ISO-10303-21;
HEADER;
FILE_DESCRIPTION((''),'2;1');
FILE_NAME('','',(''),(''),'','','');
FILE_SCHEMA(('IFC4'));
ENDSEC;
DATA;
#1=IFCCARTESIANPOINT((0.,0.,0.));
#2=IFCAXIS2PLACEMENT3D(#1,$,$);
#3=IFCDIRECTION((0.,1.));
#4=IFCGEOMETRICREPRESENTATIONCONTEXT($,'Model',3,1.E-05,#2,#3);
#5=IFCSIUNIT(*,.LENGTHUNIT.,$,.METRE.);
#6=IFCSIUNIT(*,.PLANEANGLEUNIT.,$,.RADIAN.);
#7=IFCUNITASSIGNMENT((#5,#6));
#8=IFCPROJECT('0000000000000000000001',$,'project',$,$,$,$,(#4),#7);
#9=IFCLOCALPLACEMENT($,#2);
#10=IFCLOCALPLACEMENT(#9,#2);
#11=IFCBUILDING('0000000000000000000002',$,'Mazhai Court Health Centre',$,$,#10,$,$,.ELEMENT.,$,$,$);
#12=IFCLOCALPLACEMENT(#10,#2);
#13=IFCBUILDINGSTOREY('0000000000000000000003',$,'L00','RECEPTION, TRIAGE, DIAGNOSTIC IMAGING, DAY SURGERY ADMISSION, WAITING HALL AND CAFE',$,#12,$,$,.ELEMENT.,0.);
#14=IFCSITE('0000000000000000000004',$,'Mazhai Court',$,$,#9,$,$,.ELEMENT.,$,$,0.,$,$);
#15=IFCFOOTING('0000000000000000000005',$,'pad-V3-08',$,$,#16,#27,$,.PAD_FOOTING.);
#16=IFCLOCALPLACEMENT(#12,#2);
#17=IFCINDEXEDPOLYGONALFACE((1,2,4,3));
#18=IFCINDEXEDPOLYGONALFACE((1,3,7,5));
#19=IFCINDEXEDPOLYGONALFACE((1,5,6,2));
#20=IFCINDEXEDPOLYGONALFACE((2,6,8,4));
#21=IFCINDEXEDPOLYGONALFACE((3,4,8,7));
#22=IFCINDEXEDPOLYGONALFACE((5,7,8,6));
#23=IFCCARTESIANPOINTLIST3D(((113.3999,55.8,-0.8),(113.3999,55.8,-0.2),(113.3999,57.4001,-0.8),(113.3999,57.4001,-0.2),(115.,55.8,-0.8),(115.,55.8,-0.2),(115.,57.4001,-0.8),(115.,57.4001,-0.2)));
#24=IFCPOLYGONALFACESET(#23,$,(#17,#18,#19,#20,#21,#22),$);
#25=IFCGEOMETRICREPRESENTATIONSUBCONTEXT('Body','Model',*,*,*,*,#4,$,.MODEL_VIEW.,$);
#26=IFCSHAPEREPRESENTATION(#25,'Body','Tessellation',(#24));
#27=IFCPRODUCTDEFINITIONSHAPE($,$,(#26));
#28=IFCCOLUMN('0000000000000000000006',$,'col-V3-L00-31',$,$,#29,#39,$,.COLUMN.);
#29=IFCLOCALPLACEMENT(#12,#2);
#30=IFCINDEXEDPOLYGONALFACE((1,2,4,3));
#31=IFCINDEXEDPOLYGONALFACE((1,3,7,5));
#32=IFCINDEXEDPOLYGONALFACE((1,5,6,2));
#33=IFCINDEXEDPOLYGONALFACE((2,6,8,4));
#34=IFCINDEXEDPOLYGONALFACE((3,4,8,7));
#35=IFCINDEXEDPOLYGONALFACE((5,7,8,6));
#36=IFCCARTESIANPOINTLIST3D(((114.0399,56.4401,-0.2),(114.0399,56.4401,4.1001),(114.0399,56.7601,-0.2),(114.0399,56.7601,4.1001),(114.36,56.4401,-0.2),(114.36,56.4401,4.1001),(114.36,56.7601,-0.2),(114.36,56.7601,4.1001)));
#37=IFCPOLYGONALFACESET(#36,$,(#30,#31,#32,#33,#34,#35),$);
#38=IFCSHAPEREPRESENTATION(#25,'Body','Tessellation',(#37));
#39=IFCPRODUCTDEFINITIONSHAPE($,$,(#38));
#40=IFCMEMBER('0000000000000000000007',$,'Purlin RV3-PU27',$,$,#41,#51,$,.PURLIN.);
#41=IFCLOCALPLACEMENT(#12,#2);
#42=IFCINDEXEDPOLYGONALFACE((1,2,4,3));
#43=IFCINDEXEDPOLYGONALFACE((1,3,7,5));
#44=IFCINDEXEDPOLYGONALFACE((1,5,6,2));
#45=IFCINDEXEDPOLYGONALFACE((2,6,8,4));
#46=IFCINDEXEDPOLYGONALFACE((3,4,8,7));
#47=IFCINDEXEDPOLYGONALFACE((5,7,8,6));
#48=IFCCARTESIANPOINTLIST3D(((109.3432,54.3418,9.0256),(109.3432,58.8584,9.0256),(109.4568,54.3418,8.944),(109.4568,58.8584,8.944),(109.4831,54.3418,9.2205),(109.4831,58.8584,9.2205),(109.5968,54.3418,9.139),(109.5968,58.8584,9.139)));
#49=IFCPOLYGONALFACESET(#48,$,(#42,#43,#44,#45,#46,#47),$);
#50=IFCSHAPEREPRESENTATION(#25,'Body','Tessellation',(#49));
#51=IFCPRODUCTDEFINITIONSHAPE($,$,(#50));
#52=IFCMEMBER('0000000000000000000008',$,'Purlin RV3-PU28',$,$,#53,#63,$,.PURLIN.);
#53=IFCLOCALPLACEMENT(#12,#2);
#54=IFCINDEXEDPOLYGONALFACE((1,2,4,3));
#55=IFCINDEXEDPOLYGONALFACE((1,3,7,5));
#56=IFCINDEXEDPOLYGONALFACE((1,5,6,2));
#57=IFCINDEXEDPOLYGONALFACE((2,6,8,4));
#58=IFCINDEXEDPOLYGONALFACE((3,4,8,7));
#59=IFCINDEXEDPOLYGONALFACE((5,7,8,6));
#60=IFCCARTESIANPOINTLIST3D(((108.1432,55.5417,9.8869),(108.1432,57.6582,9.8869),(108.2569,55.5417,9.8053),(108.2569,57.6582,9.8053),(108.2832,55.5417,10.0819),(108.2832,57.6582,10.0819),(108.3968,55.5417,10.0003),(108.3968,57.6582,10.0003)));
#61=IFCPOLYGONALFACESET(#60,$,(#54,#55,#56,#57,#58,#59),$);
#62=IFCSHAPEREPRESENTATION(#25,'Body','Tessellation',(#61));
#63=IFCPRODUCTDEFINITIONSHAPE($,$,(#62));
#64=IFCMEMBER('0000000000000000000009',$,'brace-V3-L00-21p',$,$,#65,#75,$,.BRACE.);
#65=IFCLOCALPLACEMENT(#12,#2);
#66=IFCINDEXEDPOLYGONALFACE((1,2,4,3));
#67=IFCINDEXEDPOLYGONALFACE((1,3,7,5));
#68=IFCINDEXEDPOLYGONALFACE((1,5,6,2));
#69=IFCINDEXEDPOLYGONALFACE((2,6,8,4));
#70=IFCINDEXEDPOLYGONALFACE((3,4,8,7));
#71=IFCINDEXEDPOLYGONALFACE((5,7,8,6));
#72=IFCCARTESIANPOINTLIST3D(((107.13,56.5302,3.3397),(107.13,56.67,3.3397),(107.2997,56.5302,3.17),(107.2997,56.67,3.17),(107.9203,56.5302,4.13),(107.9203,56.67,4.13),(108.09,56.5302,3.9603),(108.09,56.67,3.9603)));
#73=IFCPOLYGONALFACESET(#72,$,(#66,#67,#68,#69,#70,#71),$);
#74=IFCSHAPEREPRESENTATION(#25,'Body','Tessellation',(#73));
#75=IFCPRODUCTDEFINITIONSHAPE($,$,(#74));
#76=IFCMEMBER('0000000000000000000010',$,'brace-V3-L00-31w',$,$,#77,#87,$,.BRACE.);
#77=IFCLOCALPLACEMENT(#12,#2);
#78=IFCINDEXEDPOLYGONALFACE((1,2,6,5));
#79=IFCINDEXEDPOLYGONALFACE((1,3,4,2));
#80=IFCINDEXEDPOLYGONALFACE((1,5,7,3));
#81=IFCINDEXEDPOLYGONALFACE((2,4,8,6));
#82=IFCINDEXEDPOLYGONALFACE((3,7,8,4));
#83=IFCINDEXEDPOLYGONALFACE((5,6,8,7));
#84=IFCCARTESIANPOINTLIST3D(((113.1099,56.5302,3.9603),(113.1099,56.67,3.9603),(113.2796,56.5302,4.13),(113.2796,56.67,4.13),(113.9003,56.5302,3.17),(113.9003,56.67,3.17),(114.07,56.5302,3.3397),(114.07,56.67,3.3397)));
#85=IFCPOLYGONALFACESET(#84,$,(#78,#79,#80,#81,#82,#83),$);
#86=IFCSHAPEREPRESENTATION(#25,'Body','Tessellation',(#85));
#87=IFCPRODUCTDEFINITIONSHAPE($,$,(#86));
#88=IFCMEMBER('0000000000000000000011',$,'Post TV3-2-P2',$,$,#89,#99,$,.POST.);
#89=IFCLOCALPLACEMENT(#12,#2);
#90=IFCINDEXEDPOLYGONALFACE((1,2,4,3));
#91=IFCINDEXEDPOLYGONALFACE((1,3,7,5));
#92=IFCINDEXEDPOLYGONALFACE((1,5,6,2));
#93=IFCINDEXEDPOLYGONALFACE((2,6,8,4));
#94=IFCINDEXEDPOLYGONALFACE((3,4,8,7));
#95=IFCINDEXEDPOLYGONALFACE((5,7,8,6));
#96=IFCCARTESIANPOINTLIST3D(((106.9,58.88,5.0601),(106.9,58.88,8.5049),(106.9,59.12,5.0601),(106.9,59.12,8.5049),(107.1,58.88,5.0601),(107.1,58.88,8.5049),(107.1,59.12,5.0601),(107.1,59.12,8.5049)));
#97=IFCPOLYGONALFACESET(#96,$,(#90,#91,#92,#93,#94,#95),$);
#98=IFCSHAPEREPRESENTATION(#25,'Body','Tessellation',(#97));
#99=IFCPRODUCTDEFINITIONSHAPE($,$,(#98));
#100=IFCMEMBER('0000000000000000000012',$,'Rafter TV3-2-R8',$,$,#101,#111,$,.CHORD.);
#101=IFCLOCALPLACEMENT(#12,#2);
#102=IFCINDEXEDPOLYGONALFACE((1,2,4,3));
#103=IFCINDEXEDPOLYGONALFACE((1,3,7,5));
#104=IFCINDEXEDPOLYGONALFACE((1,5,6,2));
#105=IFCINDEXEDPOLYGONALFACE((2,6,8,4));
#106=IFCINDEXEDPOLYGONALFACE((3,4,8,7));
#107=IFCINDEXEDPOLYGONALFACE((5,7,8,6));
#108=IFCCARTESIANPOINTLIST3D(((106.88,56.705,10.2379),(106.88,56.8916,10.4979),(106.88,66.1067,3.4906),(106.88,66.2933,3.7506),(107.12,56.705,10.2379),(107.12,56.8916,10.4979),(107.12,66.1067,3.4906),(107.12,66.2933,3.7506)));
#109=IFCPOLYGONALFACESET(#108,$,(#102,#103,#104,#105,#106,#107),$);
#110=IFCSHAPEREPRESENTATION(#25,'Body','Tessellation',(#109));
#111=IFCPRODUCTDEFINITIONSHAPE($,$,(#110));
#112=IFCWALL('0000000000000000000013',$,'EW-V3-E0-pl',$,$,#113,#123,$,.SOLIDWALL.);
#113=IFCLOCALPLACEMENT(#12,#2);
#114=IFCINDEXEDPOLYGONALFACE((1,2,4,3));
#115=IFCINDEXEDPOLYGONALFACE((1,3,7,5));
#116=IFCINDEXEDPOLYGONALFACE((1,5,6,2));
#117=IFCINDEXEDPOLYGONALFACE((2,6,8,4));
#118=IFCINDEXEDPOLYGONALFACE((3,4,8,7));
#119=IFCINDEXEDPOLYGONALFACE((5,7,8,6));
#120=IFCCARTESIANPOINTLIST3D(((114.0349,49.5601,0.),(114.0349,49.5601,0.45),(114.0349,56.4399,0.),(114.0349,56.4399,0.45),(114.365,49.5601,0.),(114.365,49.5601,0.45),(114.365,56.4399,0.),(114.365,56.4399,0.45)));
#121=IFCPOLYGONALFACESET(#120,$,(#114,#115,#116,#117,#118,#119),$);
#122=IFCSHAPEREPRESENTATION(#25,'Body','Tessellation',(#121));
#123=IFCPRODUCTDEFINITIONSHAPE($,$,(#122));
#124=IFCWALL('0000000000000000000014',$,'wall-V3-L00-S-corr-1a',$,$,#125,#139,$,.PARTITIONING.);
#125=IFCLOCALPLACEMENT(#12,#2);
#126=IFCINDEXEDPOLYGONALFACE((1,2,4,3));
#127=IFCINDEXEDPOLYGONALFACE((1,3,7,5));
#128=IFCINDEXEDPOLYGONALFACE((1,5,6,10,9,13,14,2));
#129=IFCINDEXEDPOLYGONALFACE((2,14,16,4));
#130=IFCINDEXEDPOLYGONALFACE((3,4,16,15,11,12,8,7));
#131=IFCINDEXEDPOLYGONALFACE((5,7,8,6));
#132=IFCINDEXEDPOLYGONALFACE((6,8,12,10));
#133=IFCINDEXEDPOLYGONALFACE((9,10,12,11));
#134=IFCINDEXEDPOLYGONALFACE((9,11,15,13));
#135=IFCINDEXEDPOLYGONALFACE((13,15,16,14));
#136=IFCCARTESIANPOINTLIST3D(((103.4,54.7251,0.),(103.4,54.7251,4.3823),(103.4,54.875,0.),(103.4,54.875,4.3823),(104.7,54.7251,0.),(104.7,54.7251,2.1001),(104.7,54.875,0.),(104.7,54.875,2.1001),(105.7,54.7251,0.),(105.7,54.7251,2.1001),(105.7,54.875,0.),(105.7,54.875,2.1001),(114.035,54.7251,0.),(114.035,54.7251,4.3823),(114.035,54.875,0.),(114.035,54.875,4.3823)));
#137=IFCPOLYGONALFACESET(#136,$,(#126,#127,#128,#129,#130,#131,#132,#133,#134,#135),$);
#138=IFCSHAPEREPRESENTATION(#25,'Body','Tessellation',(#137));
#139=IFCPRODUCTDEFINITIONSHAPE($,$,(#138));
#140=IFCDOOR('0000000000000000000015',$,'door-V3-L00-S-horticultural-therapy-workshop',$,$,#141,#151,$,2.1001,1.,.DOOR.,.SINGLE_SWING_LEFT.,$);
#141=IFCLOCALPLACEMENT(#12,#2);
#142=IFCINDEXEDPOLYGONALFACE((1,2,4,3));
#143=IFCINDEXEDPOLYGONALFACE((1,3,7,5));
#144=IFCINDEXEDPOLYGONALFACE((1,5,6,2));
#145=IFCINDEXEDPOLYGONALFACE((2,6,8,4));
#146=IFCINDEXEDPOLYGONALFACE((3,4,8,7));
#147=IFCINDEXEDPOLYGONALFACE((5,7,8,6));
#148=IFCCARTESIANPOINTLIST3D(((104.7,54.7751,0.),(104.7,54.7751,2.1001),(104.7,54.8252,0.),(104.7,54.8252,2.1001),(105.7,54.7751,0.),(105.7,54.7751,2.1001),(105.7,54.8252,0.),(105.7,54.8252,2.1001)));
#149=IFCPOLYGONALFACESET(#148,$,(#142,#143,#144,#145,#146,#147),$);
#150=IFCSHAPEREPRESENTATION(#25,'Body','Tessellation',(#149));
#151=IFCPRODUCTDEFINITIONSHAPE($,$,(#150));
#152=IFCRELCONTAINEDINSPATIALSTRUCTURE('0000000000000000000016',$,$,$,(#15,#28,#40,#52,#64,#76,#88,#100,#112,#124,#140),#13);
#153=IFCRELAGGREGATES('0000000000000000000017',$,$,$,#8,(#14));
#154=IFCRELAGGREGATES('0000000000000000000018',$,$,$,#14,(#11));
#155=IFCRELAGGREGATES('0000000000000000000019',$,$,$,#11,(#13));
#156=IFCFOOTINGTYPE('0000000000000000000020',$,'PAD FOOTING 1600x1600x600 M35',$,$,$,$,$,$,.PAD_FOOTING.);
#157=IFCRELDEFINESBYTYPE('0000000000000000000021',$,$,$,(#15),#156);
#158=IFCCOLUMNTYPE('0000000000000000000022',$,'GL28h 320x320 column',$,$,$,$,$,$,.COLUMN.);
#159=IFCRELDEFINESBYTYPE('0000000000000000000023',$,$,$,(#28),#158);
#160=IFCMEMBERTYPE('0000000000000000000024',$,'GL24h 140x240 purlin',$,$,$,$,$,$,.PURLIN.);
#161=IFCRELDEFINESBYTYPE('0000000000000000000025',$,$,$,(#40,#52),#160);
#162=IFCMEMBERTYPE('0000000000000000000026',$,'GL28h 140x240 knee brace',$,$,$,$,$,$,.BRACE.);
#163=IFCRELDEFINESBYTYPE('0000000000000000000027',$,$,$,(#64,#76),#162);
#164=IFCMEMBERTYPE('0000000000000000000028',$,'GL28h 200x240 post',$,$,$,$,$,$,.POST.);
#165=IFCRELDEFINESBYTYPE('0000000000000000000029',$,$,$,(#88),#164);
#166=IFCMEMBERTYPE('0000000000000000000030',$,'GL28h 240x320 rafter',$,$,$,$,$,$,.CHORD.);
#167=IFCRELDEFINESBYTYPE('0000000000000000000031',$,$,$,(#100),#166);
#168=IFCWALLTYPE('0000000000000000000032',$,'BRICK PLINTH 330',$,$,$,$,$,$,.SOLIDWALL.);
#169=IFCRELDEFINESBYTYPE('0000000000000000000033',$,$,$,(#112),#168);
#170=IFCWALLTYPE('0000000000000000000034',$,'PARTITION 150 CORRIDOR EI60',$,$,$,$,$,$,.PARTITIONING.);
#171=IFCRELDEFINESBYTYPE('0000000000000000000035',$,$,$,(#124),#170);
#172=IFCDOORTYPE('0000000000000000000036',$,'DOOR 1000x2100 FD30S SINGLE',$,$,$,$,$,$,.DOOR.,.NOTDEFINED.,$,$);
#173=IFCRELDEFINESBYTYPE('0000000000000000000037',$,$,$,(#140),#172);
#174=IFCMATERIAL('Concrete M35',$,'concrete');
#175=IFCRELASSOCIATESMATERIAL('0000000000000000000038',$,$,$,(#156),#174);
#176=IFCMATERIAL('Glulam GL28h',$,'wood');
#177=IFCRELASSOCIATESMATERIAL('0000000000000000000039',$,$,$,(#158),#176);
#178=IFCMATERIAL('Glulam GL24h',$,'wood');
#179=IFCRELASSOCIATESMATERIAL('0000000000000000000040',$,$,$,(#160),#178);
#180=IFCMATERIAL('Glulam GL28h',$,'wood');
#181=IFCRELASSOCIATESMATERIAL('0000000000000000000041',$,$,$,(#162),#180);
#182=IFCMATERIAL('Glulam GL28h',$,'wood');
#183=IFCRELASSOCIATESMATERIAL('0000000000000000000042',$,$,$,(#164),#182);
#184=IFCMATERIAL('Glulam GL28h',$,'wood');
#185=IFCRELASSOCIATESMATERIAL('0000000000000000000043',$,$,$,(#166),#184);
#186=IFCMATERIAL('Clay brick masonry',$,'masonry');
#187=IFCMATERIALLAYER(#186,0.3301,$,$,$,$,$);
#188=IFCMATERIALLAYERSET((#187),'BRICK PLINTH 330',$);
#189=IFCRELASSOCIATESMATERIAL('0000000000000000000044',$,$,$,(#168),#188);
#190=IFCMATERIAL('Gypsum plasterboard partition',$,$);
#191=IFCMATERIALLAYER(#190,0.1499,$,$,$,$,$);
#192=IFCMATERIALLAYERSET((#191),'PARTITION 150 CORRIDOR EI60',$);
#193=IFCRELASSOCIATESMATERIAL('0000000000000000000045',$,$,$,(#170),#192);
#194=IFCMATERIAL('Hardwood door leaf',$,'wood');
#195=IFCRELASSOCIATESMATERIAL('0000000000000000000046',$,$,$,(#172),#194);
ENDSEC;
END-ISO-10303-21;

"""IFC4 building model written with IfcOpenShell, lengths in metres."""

from ifc_helpers import new_model, si_unit, direction, frame, frame_2d, origin, origin_2d, place, context, subcontext, project, spatial, rectangle, extrude, material, layer, layer_set, material_profile, profile_set, type_object, element, fill, save


model = new_model("IFC4")

# Units and contexts
model_context = context("Model", 3, precision=1e-05, world=origin(), true_north=direction((0.0, 1.0)))
body_context = subcontext(model_context, "Body", "Model", "MODEL_VIEW")
ifc_project = project(units=[si_unit("LENGTHUNIT", "METRE"), si_unit("PLANEANGLEUNIT", "RADIAN")], contexts=[model_context])

# Site, building, storey
site_placement = place(None, origin())
site = spatial("IfcSite", under=ifc_project, at=site_placement, Name="Mazhai Court", CompositionType="ELEMENT", RefElevation=0.0)
building_placement = place(site_placement, origin())
building = spatial("IfcBuilding", under=site, at=building_placement, Name="Mazhai Court Health Centre", CompositionType="ELEMENT")
storey_placement = place(building_placement, origin())
storey = spatial("IfcBuildingStorey", under=building, at=storey_placement, Name="L00", Description="RECEPTION, TRIAGE, DIAGNOSTIC IMAGING, DAY SURGERY ADMISSION, WAITING HALL AND CAFE", CompositionType="ELEMENT", Elevation=0.0)

# Footing
ifc_material_1 = material(Name="Concrete M35", Category="concrete")
footing_type = type_object("IfcFootingType", Name="PAD FOOTING 1600x1600x600 M35", PredefinedType="PAD_FOOTING", material=ifc_material_1)
footing_placement = place(storey_placement, frame((114.2, 56.6001, -0.8), z_axis=(0.0, 0.0, 1.0), x_axis=(1.0, 0.0, 0.0)))
element("IfcFooting", 1, at=footing_placement, inside=storey, type_object=footing_type, Name="pad-V3-08", PredefinedType="PAD_FOOTING", context=body_context, shape_type="SweptSolid", body=[
    extrude(rectangle(XDim=1.6001, YDim=1.6001, at=origin_2d()), origin(), (0.0, 0.0, 1.0), 0.6001),
])

# Column
ifc_material_2 = material(Name="Glulam GL28h", Category="wood")
ifc_material_profile_1 = material_profile(ifc_material_2, rectangle(XDim=0.3201, YDim=0.3201, at=origin_2d()), Name="GL28h 320x320")
ifc_profile_set_1 = profile_set([ifc_material_profile_1], Name="Glulam GL28h")
column_type = type_object("IfcColumnType", Name="GL28h 320x320 column", PredefinedType="COLUMN", material=ifc_profile_set_1)
column_placement = place(storey_placement, frame((114.2, 56.6001, -0.2), z_axis=(0.0, 0.0, 1.0), x_axis=(1.0, 0.0, 0.0)))
element("IfcColumn", 2, at=column_placement, inside=storey, type_object=column_type, Name="col-V3-L00-31", PredefinedType="COLUMN", context=body_context, shape_type="SweptSolid", body=[
    extrude(rectangle(XDim=0.3201, YDim=0.3201, at=origin_2d()), origin(), (0.0, 0.0, 1.0), 4.3),
])

# Members
ifc_material_3 = material(Name="Glulam GL24h", Category="wood")
ifc_material_profile_2 = material_profile(ifc_material_3, rectangle(XDim=0.1399, YDim=0.24, at=origin_2d()), Name="GL24h 140x240")
ifc_profile_set_2 = profile_set([ifc_material_profile_2], Name="Glulam GL24h")
member_type_1 = type_object("IfcMemberType", Name="GL24h 140x240 purlin", PredefinedType="PURLIN", material=ifc_profile_set_2)
member_1_placement = place(storey_placement, frame((109.47, 54.3418, 9.0823), z_axis=(0.0, 1.0, 0.0), x_axis=(-0.812431, 0.0, 0.583057)))
element("IfcMember", 3, at=member_1_placement, inside=storey, type_object=member_type_1, Name="Purlin RV3-PU27", PredefinedType="PURLIN", context=body_context, shape_type="SweptSolid", body=[
    extrude(rectangle(XDim=0.1399, YDim=0.24, at=origin_2d()), origin(), (0.0, 0.0, 1.0), 4.5166),
])
member_2_placement = place(storey_placement, frame((108.27, 55.5417, 9.9436), z_axis=(0.0, 1.0, 0.0), x_axis=(-0.812431, 0.0, 0.583057)))
element("IfcMember", 4, at=member_2_placement, inside=storey, type_object=member_type_1, Name="Purlin RV3-PU28", PredefinedType="PURLIN", context=body_context, shape_type="SweptSolid", body=[
    extrude(rectangle(XDim=0.1399, YDim=0.24, at=origin_2d()), origin(), (0.0, 0.0, 1.0), 2.1165),
])
ifc_material_4 = material(Name="Glulam GL28h", Category="wood")
ifc_material_profile_3 = material_profile(ifc_material_4, rectangle(XDim=0.1399, YDim=0.24, at=origin_2d()), Name="GL28h 140x240")
ifc_profile_set_3 = profile_set([ifc_material_profile_3], Name="Glulam GL28h")
member_type_2 = type_object("IfcMemberType", Name="GL28h 140x240 knee brace", PredefinedType="BRACE", material=ifc_profile_set_3)
for number, where, z_axis, x_axis, name in (
    (5, (107.2148, 56.6001, 3.2549), (0.707107, 0.0, 0.707107), (0.0, 1.0, 0.0), "brace-V3-L00-21p"),
    (6, (113.9851, 56.6001, 3.2549), (-0.707107, 0.0, 0.707107), (0.0, -1.0, 0.0), "brace-V3-L00-31w"),
):
    element("IfcMember", number, at=place(storey_placement, frame(where, z_axis=z_axis, x_axis=x_axis)), inside=storey, type_object=member_type_2, Name=name, PredefinedType="BRACE", context=body_context, shape_type="SweptSolid", body=[
        extrude(rectangle(XDim=0.1399, YDim=0.24, at=origin_2d()), origin(), (0.0, 0.0, 1.0), 1.1177),
    ])
ifc_material_5 = material(Name="Glulam GL28h", Category="wood")
ifc_material_profile_4 = material_profile(ifc_material_5, rectangle(XDim=0.2, YDim=0.24, at=origin_2d()), Name="GL28h 200x240")
ifc_profile_set_4 = profile_set([ifc_material_profile_4], Name="Glulam GL28h")
member_type_3 = type_object("IfcMemberType", Name="GL28h 200x240 post", PredefinedType="POST", material=ifc_profile_set_4)
member_3_placement = place(storey_placement, frame((107.0, 59.0, 5.0601), z_axis=(0.0, 0.0, 1.0), x_axis=(1.0, 0.0, 0.0)))
element("IfcMember", 7, at=member_3_placement, inside=storey, type_object=member_type_3, Name="Post TV3-2-P2", PredefinedType="POST", context=body_context, shape_type="SweptSolid", body=[
    extrude(rectangle(XDim=0.2, YDim=0.24, at=origin_2d()), origin(), (0.0, 0.0, 1.0), 3.4448),
])
ifc_material_6 = material(Name="Glulam GL28h", Category="wood")
ifc_material_profile_5 = material_profile(ifc_material_6, rectangle(XDim=0.24, YDim=0.3201, at=origin_2d()), Name="GL28h 240x320")
ifc_profile_set_5 = profile_set([ifc_material_profile_5], Name="Glulam GL28h")
member_type_4 = type_object("IfcMemberType", Name="GL28h 240x320 rafter", PredefinedType="CHORD", material=ifc_profile_set_5)
member_4_placement = place(storey_placement, frame((107.0, 56.7983, 10.3679), z_axis=(0.0, 0.812429, -0.583061), x_axis=(-1.0, 0.0, 0.0)))
element("IfcMember", 8, at=member_4_placement, inside=storey, type_object=member_type_4, Name="Rafter TV3-2-R8", PredefinedType="CHORD", context=body_context, shape_type="SweptSolid", body=[
    extrude(rectangle(XDim=0.24, YDim=0.3201, at=origin_2d()), origin(), (0.0, 0.0, 1.0), 11.5723),
])

# Wall
ifc_material_7 = material(Name="Clay brick masonry", Category="masonry")
ifc_layer_1 = layer(ifc_material_7, 0.3301)
ifc_layer_set_1 = layer_set([ifc_layer_1], Name="BRICK PLINTH 330")
wall_type_1 = type_object("IfcWallType", Name="BRICK PLINTH 330", PredefinedType="SOLIDWALL", material=ifc_layer_set_1)
wall_1_placement = place(storey_placement, frame((114.2, 56.4399, 0.0), z_axis=(0.0, 0.0, 1.0), x_axis=(0.0, -1.0, 0.0)))
element("IfcWall", 9, at=wall_1_placement, inside=storey, type_object=wall_type_1, Name="EW-V3-E0-pl", PredefinedType="SOLIDWALL", context=body_context, shape_type="SweptSolid", body=[
    extrude(rectangle(XDim=6.8799, YDim=0.3301, at=frame_2d((3.4399, 0.0))), origin(), (0.0, 0.0, 1.0), 0.45),
])

# Wall, opening, door
ifc_material_8 = material(Name="Gypsum plasterboard partition")
ifc_layer_2 = layer(ifc_material_8, 0.1499)
ifc_layer_set_2 = layer_set([ifc_layer_2], Name="PARTITION 150 CORRIDOR EI60")
wall_type_2 = type_object("IfcWallType", Name="PARTITION 150 CORRIDOR EI60", PredefinedType="PARTITIONING", material=ifc_layer_set_2)
wall_2_placement = place(storey_placement, frame((114.0349, 54.8, 0.0), z_axis=(0.0, 0.0, 1.0), x_axis=(-1.0, 0.0, 0.0)))
wall_2 = element("IfcWall", 10, at=wall_2_placement, inside=storey, type_object=wall_type_2, Name="wall-V3-L00-S-corr-1a", PredefinedType="PARTITIONING", context=body_context, shape_type="SweptSolid", body=[
    extrude(rectangle(XDim=10.635, YDim=0.1499, at=frame_2d((5.3174, 0.0))), origin(), (0.0, 0.0, 1.0), 4.3823),
])
opening_1_placement = place(wall_2_placement, frame((8.335, 0.0, 0.0)))
opening_1 = element("IfcOpeningElement", 11, at=opening_1_placement, cuts=wall_2, PredefinedType="OPENING", context=body_context, shape_type="SweptSolid", body=[
    extrude(rectangle(XDim=1.0, YDim=2.1001, at=frame_2d((0.5, 1.05))), frame((0.0, 0.085, 0.0), z_axis=(0.0, -1.0, 0.0), x_axis=(1.0, 0.0, 0.0)), (0.0, 0.0, 1.0), 0.1699),
])
ifc_material_9 = material(Name="Hardwood door leaf", Category="wood")
door_type_1 = type_object("IfcDoorType", Name="DOOR 1000x2100 FD30S SINGLE", OperationType="NOTDEFINED", PredefinedType="DOOR", material=ifc_material_9)
door_1_placement = place(opening_1_placement, origin())
door_1 = element("IfcDoor", 12, at=door_1_placement, inside=storey, type_object=door_type_1, Name="door-V3-L00-S-horticultural-therapy-workshop", OperationType="SINGLE_SWING_LEFT", OverallHeight=2.1001, OverallWidth=1.0, PredefinedType="DOOR", context=body_context, shape_type="SweptSolid", body=[
    extrude(rectangle(XDim=1.0, YDim=2.1001, at=frame_2d((0.5, 1.05))), frame((0.0, 0.0249, 0.0), z_axis=(0.0, -1.0, 0.0), x_axis=(1.0, 0.0, 0.0)), (0.0, 0.0, 1.0), 0.05),
])
fill(opening_1, door_1)

save(model, "model.ifc")
